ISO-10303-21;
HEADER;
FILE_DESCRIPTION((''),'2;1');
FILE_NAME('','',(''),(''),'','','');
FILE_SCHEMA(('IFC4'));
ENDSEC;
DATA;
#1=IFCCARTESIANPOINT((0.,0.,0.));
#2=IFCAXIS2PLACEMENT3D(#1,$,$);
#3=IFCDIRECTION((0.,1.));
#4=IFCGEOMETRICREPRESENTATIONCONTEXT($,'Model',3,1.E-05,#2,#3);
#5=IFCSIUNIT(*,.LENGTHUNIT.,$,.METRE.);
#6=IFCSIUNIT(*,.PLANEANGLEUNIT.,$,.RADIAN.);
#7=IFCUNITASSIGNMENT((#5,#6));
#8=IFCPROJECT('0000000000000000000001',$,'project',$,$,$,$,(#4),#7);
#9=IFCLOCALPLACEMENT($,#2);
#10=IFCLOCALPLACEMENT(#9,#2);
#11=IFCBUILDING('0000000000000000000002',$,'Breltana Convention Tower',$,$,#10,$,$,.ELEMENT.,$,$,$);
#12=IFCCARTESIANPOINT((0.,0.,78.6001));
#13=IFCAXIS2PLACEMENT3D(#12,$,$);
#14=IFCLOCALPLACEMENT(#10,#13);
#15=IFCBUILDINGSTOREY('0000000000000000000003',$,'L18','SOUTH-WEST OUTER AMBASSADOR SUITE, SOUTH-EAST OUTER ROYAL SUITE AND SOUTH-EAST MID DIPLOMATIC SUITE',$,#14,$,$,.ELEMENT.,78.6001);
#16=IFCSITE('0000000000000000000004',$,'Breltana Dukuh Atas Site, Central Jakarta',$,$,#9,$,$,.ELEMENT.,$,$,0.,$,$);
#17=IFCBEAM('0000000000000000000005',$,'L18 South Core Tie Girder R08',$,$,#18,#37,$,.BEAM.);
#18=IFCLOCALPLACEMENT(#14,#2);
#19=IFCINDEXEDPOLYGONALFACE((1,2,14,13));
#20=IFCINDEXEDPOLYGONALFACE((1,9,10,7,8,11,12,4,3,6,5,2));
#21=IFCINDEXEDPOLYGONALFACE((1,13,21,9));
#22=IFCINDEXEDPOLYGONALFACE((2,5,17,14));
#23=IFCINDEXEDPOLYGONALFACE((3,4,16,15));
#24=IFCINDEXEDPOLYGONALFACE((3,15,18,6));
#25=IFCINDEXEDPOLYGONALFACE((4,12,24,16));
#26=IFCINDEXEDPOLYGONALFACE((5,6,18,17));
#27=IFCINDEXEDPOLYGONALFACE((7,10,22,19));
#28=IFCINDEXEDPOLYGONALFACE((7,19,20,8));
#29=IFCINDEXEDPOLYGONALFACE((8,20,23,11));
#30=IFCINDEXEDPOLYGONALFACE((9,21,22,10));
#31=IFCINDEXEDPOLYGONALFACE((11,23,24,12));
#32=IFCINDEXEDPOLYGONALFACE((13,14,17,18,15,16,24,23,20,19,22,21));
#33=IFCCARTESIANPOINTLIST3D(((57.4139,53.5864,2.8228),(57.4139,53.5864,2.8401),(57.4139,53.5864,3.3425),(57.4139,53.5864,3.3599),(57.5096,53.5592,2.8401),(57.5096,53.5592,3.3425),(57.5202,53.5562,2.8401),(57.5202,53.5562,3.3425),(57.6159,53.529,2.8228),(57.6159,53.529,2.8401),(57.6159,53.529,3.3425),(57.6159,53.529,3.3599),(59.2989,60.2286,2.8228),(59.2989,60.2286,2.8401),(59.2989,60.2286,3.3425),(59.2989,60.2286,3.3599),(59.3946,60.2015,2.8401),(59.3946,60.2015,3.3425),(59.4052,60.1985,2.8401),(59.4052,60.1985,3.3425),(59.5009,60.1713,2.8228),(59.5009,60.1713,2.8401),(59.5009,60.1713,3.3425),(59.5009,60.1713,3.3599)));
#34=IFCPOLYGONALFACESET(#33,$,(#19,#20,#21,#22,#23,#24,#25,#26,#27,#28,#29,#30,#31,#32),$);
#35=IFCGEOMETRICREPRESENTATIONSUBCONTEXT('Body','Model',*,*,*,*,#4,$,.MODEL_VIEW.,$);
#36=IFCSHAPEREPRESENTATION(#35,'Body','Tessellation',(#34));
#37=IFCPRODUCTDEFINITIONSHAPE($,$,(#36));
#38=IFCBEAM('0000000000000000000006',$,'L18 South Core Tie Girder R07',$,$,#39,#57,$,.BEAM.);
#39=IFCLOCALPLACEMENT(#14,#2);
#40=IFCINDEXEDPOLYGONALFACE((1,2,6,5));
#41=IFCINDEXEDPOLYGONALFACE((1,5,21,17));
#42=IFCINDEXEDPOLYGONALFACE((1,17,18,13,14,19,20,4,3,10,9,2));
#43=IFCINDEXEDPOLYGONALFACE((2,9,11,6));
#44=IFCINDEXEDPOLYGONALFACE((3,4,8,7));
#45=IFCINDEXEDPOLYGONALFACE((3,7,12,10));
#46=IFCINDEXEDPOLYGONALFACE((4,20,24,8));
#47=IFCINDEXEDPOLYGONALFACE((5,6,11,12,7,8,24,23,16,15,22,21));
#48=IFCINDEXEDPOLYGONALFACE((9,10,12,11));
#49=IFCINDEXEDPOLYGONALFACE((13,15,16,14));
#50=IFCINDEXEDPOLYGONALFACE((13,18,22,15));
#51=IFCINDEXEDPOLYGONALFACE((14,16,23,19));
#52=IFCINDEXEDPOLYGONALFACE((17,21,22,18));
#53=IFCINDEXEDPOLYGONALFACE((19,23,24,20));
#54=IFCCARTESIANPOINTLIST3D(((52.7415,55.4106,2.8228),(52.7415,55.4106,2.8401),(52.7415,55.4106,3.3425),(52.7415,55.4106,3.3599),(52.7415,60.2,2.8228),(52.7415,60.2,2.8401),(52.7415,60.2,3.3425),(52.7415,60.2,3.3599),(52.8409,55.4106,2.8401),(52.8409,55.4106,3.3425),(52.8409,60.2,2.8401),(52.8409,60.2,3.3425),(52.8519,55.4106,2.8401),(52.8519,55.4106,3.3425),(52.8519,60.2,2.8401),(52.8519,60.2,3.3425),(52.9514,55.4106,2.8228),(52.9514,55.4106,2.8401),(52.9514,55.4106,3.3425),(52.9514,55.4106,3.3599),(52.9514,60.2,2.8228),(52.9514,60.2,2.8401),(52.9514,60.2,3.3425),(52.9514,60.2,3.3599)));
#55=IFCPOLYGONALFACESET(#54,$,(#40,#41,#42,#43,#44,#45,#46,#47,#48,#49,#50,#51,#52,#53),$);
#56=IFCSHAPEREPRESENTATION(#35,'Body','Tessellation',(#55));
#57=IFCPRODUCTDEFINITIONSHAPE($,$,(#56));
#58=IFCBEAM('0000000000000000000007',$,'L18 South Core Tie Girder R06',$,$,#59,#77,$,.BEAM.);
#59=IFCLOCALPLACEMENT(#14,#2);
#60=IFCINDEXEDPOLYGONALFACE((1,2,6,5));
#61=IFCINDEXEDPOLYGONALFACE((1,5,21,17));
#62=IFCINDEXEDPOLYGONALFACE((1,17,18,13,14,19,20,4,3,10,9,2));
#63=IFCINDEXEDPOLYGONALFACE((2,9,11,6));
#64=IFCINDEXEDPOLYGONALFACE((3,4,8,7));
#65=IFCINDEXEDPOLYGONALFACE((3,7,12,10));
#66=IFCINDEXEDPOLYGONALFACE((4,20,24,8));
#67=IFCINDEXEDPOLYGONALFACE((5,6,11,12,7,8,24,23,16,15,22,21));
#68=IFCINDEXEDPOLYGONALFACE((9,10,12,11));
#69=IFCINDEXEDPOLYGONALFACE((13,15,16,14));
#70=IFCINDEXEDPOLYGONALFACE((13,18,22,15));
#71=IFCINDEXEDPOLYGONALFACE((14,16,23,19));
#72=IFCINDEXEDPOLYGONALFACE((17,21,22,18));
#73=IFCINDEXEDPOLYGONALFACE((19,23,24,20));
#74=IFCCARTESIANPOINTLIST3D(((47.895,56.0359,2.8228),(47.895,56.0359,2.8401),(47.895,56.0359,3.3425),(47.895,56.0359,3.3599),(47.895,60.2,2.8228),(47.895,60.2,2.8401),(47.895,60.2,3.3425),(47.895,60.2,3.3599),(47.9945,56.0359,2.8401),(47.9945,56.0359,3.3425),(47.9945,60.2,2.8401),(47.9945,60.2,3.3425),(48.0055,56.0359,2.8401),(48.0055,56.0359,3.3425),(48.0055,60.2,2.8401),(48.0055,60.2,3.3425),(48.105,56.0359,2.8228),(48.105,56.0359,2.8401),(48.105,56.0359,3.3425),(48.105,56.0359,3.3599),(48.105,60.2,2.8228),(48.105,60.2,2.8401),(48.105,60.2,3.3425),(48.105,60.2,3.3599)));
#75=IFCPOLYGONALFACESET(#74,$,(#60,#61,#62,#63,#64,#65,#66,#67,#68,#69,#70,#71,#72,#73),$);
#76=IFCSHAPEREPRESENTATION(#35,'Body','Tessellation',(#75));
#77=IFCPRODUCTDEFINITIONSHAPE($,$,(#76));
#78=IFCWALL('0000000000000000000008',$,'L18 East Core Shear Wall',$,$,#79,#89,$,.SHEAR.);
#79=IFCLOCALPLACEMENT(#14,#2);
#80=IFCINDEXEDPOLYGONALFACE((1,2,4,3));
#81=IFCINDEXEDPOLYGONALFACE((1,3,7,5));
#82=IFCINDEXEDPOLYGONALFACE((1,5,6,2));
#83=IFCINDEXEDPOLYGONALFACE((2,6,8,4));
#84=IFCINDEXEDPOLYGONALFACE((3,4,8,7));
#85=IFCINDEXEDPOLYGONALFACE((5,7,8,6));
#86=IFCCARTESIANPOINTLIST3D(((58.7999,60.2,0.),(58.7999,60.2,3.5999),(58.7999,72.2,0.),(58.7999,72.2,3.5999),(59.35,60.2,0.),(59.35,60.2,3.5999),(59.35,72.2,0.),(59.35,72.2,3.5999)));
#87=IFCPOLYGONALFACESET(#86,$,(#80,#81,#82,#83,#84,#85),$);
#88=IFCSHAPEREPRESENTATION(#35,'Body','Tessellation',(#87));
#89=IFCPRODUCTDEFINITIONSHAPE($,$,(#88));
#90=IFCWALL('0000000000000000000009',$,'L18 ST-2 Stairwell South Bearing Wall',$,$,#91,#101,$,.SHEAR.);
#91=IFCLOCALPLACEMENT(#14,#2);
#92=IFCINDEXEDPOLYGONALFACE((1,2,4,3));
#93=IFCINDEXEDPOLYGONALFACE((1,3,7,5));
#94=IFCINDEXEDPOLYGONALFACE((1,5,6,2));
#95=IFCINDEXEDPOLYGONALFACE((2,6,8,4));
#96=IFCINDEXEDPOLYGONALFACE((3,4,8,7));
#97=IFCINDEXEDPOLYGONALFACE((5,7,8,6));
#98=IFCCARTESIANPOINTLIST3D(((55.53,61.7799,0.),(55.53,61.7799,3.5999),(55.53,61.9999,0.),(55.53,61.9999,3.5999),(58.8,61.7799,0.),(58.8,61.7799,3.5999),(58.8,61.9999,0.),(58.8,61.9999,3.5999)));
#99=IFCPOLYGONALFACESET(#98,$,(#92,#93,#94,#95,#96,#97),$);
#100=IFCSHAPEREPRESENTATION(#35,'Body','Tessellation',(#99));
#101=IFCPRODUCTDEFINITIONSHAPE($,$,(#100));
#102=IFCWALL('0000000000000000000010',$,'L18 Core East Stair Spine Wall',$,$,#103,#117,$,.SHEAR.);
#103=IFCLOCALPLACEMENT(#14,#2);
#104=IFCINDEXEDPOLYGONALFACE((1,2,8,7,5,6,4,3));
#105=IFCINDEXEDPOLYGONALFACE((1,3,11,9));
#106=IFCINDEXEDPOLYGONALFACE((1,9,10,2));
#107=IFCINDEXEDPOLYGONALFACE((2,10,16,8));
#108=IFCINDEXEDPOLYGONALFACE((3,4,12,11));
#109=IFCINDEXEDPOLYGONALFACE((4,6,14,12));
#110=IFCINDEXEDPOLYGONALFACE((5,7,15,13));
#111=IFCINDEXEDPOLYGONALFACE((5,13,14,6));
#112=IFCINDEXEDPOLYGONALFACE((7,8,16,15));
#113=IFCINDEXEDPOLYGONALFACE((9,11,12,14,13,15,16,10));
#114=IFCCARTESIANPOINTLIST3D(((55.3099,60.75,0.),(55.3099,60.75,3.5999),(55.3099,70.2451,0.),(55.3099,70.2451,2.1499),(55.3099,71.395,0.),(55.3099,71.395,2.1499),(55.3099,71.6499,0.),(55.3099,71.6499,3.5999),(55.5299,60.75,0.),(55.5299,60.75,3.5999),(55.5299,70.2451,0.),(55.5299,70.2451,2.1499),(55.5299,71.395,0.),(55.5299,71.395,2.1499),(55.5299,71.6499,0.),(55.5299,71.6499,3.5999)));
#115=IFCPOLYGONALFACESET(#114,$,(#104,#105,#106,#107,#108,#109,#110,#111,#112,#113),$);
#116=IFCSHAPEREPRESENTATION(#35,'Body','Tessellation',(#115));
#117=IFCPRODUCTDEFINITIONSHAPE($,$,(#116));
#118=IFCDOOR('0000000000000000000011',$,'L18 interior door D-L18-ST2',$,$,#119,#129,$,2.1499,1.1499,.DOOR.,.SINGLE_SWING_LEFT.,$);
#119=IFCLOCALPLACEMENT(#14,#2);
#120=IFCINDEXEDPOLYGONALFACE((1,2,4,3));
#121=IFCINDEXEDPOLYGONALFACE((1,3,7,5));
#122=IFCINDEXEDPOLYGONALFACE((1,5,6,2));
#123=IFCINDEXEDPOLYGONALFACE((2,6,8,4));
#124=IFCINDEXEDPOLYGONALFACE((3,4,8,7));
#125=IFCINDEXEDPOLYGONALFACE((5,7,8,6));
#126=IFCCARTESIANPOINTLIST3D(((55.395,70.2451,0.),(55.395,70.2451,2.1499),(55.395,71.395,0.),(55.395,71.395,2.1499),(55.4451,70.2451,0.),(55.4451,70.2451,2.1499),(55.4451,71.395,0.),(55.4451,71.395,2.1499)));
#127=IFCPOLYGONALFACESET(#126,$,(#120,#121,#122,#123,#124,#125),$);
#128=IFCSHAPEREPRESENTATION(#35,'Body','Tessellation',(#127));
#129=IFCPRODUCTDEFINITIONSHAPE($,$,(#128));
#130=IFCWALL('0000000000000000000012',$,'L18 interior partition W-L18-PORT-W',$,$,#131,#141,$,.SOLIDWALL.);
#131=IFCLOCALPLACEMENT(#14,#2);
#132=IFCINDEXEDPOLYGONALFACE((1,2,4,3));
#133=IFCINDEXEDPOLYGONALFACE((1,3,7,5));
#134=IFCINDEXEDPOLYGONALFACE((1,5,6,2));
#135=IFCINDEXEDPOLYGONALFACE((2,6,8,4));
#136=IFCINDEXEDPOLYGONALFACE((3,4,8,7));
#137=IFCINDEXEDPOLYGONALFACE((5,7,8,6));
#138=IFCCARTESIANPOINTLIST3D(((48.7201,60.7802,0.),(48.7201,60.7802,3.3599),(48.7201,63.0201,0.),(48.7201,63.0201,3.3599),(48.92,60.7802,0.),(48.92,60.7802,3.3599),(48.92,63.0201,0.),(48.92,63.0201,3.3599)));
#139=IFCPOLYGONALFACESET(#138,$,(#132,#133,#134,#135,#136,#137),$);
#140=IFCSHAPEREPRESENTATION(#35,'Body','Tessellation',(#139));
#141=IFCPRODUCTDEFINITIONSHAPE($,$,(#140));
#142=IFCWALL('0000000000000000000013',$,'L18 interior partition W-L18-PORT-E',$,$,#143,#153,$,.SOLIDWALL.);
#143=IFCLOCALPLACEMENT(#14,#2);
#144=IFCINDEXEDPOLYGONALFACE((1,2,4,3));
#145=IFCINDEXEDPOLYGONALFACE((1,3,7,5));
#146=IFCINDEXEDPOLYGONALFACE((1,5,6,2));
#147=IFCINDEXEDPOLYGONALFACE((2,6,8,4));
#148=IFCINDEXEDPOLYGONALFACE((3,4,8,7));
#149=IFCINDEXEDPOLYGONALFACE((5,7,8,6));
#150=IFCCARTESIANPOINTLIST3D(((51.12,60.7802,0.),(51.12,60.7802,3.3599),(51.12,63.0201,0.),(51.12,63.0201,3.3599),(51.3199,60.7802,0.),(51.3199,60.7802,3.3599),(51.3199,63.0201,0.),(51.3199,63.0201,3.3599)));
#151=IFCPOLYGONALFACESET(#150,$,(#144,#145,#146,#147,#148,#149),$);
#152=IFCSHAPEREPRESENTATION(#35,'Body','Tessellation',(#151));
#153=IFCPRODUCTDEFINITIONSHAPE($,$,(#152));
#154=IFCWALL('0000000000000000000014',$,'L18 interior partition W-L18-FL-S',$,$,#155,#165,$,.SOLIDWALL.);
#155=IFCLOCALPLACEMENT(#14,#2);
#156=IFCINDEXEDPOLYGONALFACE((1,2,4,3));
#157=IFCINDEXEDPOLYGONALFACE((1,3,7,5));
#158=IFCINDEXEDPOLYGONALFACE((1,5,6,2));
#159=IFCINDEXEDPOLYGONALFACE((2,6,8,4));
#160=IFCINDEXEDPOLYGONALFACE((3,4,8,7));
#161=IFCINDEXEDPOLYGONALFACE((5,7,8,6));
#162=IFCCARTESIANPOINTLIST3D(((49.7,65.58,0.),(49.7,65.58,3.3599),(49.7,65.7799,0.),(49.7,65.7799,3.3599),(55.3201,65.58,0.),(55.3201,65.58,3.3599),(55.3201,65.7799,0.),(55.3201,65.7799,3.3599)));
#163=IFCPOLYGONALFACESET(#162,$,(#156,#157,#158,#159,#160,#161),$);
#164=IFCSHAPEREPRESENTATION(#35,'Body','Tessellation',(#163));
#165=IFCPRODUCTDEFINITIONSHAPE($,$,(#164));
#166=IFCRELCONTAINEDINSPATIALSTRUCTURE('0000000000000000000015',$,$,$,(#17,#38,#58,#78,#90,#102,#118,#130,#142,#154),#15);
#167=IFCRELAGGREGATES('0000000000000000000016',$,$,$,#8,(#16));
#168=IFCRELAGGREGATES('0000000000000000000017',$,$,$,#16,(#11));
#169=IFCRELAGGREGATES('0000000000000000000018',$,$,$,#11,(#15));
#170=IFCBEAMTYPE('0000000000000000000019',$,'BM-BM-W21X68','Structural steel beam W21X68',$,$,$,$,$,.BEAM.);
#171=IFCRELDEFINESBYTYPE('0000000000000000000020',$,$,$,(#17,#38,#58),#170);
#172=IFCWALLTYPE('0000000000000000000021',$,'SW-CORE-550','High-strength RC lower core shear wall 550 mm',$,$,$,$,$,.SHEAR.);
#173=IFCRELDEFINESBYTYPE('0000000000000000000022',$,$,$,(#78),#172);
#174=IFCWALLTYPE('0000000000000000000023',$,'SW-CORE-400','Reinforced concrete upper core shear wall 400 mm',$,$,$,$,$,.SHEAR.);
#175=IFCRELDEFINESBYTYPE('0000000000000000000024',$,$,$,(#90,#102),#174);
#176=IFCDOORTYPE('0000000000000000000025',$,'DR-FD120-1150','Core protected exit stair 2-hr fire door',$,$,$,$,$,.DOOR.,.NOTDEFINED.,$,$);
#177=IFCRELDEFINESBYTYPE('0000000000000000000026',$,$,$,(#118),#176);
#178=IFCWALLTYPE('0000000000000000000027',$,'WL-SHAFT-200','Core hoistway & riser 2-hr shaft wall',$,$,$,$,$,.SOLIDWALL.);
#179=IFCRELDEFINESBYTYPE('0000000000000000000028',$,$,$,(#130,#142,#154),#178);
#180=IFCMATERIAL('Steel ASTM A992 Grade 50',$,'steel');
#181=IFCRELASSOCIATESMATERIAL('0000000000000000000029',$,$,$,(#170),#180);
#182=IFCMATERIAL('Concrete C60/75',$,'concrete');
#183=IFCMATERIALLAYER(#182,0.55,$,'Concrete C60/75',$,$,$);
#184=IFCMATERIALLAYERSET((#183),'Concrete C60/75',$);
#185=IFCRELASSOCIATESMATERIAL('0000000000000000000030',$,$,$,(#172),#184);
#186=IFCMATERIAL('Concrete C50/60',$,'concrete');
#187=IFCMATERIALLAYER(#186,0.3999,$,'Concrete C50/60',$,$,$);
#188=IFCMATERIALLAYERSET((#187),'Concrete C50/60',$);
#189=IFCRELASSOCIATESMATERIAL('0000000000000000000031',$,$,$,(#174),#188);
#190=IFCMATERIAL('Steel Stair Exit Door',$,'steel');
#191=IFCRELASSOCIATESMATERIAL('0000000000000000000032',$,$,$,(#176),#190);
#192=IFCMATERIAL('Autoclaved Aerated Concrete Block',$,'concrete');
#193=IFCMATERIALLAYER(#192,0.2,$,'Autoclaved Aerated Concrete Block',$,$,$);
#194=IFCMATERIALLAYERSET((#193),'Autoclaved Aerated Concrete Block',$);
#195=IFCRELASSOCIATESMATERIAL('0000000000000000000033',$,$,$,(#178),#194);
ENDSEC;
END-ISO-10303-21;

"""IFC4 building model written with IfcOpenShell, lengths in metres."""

from ifc_helpers import new_model, si_unit, direction, frame, frame_2d, origin, origin_2d, place, context, subcontext, project, spatial, rectangle, i_section, extrude, source, transform, mapped, material, layer, layer_set, material_profile, profile_set, type_object, type_shapes, element, fill, save


model = new_model("IFC4")

# Units and contexts
model_context = context("Model", 3, precision=1e-05, world=origin(), true_north=direction((0.0, 1.0)))
body_context = subcontext(model_context, "Body", "Model", "MODEL_VIEW")
ifc_project = project(units=[si_unit("LENGTHUNIT", "METRE"), si_unit("PLANEANGLEUNIT", "RADIAN")], contexts=[model_context])

# Site, building, storey
site_placement = place(None, origin())
site = spatial("IfcSite", under=ifc_project, at=site_placement, Name="Breltana Dukuh Atas Site, Central Jakarta", CompositionType="ELEMENT", RefElevation=0.0)
building_placement = place(site_placement, origin())
building = spatial("IfcBuilding", under=site, at=building_placement, Name="Breltana Convention Tower", CompositionType="ELEMENT")
storey_placement = place(building_placement, frame((0.0, 0.0, 78.6001)))
storey = spatial("IfcBuildingStorey", under=building, at=storey_placement, Name="L18", Description="SOUTH-WEST OUTER AMBASSADOR SUITE, SOUTH-EAST OUTER ROYAL SUITE AND SOUTH-EAST MID DIPLOMATIC SUITE", CompositionType="ELEMENT", Elevation=78.6001)

# Beams
ifc_material_1 = material(Name="Steel ASTM A992 Grade 50", Category="steel")
ifc_material_profile = material_profile(ifc_material_1, i_section(OverallWidth=0.21, OverallDepth=0.5371, WebThickness=0.011, FlangeThickness=0.0173, at=origin_2d()), Name="W21X68")
ifc_profile_set = profile_set([ifc_material_profile], Name="Steel ASTM A992 Grade 50")
beam_type = type_object("IfcBeamType", Name="BM-BM-W21X68", Description="Structural steel beam W21X68", PredefinedType="BEAM", material=ifc_profile_set)
shared_shape_1 = source(origin(), body_context, "Body", "SweptSolid", [
    extrude(i_section(OverallWidth=0.21, OverallDepth=0.5371, WebThickness=0.011, FlangeThickness=0.0173, at=origin_2d()), origin(), (0.0, 0.0, 1.0), 6.9045),
])
type_shapes(beam_type, [shared_shape_1])
beam_1_placement = place(storey_placement, frame((59.3999, 60.2, 3.0913), z_axis=(-0.273007, -0.962012, 0.0), x_axis=(0.962012, -0.273007, 0.0)))
element("IfcBeam", 1, at=beam_1_placement, inside=storey, type_object=beam_type, Name="L18 South Core Tie Girder R08", PredefinedType="BEAM", context=body_context, shape_type="MappedRepresentation", body=[
    mapped(shared_shape_1, transform((0.0, 0.0, 0.0), scale=1.0)),
])
shared_shape_2 = source(origin(), body_context, "Body", "SweptSolid", [
    extrude(i_section(OverallWidth=0.21, OverallDepth=0.5371, WebThickness=0.011, FlangeThickness=0.0173, at=origin_2d()), origin(), (0.0, 0.0, 1.0), 4.7893),
])
beam_2_placement = place(storey_placement, frame((52.8464, 60.2, 3.0913), z_axis=(0.0, -1.0, 0.0), x_axis=(1.0, 0.0, 0.0)))
element("IfcBeam", 2, at=beam_2_placement, inside=storey, type_object=beam_type, Name="L18 South Core Tie Girder R07", PredefinedType="BEAM", context=body_context, shape_type="MappedRepresentation", body=[
    mapped(shared_shape_2, transform((0.0, 0.0, 0.0), scale=1.0)),
])
shared_shape_3 = source(origin(), body_context, "Body", "SweptSolid", [
    extrude(i_section(OverallWidth=0.21, OverallDepth=0.5371, WebThickness=0.011, FlangeThickness=0.0173, at=origin_2d()), origin(), (0.0, 0.0, 1.0), 4.1641),
])
beam_3_placement = place(storey_placement, frame((48.0, 60.2, 3.0913), z_axis=(0.0, -1.0, 0.0), x_axis=(1.0, 0.0, 0.0)))
element("IfcBeam", 3, at=beam_3_placement, inside=storey, type_object=beam_type, Name="L18 South Core Tie Girder R06", PredefinedType="BEAM", context=body_context, shape_type="MappedRepresentation", body=[
    mapped(shared_shape_3, transform((0.0, 0.0, 0.0), scale=1.0)),
])

# Walls
ifc_material_2 = material(Name="Concrete C60/75", Category="concrete")
ifc_layer_1 = layer(ifc_material_2, 0.55, Name="Concrete C60/75")
ifc_layer_set_1 = layer_set([ifc_layer_1], Name="Concrete C60/75")
wall_type_1 = type_object("IfcWallType", Name="SW-CORE-550", Description="High-strength RC lower core shear wall 550 mm", PredefinedType="SHEAR", material=ifc_layer_set_1)
shared_shape_4 = source(origin(), body_context, "Body", "SweptSolid", [
    extrude(rectangle(XDim=12.0, YDim=0.55, at=frame_2d((6.0, 0.0))), origin(), (0.0, 0.0, 1.0), 3.5999),
])
wall_1_placement = place(storey_placement, frame((59.075, 60.2, 0.0), z_axis=(0.0, 0.0, 1.0), x_axis=(0.0, 1.0, 0.0)))
element("IfcWall", 4, at=wall_1_placement, inside=storey, type_object=wall_type_1, Name="L18 East Core Shear Wall", PredefinedType="SHEAR", context=body_context, shape_type="MappedRepresentation", body=[
    mapped(shared_shape_4, transform((0.0, 0.0, 0.0), scale=1.0)),
])
ifc_material_3 = material(Name="Concrete C50/60", Category="concrete")
ifc_layer_2 = layer(ifc_material_3, 0.3999, Name="Concrete C50/60")
ifc_layer_set_2 = layer_set([ifc_layer_2], Name="Concrete C50/60")
wall_type_2 = type_object("IfcWallType", Name="SW-CORE-400", Description="Reinforced concrete upper core shear wall 400 mm", PredefinedType="SHEAR", material=ifc_layer_set_2)
shared_shape_5 = source(origin(), body_context, "Body", "SweptSolid", [
    extrude(rectangle(XDim=3.27, YDim=0.22, at=frame_2d((1.635, 0.0))), origin(), (0.0, 0.0, 1.0), 3.5999),
])
wall_2_placement = place(storey_placement, frame((55.53, 61.8899, 0.0), z_axis=(0.0, 0.0, 1.0), x_axis=(1.0, 0.0, 0.0)))
element("IfcWall", 5, at=wall_2_placement, inside=storey, type_object=wall_type_2, Name="L18 ST-2 Stairwell South Bearing Wall", PredefinedType="SHEAR", context=body_context, shape_type="MappedRepresentation", body=[
    mapped(shared_shape_5, transform((0.0, 0.0, 0.0), scale=1.0)),
])

# Wall, opening, door
shared_shape_6 = source(origin(), body_context, "Body", "SweptSolid", [
    extrude(rectangle(XDim=10.8999, YDim=0.22, at=frame_2d((5.45, 0.0))), origin(), (0.0, 0.0, 1.0), 3.5999),
])
wall_3_placement = place(storey_placement, frame((55.4199, 60.75, 0.0), z_axis=(0.0, 0.0, 1.0), x_axis=(0.0, 1.0, 0.0)))
wall_3 = element("IfcWall", 6, at=wall_3_placement, inside=storey, type_object=wall_type_2, Name="L18 Core East Stair Spine Wall", PredefinedType="SHEAR", context=body_context, shape_type="MappedRepresentation", body=[
    mapped(shared_shape_6, transform((0.0, 0.0, 0.0), scale=1.0)),
])
opening_1_placement = place(wall_3_placement, frame((9.4951, 0.0, 0.0)))
opening_1 = element("IfcOpeningElement", 7, at=opening_1_placement, cuts=wall_3, PredefinedType="OPENING", context=body_context, shape_type="SweptSolid", body=[
    extrude(rectangle(XDim=1.1499, YDim=2.1499, at=frame_2d((0.575, 1.075))), frame((0.0, 0.1201, 0.0), z_axis=(0.0, -1.0, 0.0), x_axis=(1.0, 0.0, 0.0)), (0.0, 0.0, 1.0), 0.24),
])
ifc_material_4 = material(Name="Steel Stair Exit Door", Category="steel")
door_type_1 = type_object("IfcDoorType", Name="DR-FD120-1150", Description="Core protected exit stair 2-hr fire door", OperationType="NOTDEFINED", PredefinedType="DOOR", material=ifc_material_4)
shared_shape_7 = source(origin(), body_context, "Body", "SweptSolid", [
    extrude(rectangle(XDim=1.1499, YDim=2.1499, at=frame_2d((0.575, 1.075))), frame((0.0, 0.0249, 0.0), z_axis=(0.0, -1.0, 0.0), x_axis=(1.0, 0.0, 0.0)), (0.0, 0.0, 1.0), 0.05),
])
type_shapes(door_type_1, [shared_shape_7])
door_1_placement = place(opening_1_placement, origin())
door_1 = element("IfcDoor", 8, at=door_1_placement, inside=storey, type_object=door_type_1, Name="L18 interior door D-L18-ST2", OperationType="SINGLE_SWING_LEFT", OverallHeight=2.1499, OverallWidth=1.1499, PredefinedType="DOOR", context=body_context, shape_type="MappedRepresentation", body=[
    mapped(shared_shape_7, transform((0.0, 0.0, 0.0), scale=1.0)),
])
fill(opening_1, door_1)

# Walls
ifc_material_5 = material(Name="Autoclaved Aerated Concrete Block", Category="concrete")
ifc_layer_3 = layer(ifc_material_5, 0.2, Name="Autoclaved Aerated Concrete Block")
ifc_layer_set_3 = layer_set([ifc_layer_3], Name="Autoclaved Aerated Concrete Block")
wall_type_3 = type_object("IfcWallType", Name="WL-SHAFT-200", Description="Core hoistway & riser 2-hr shaft wall", PredefinedType="SOLIDWALL", material=ifc_layer_set_3)
shared_shape_8 = source(origin(), body_context, "Body", "SweptSolid", [
    extrude(rectangle(XDim=2.24, YDim=0.2, at=frame_2d((1.1201, 0.0))), origin(), (0.0, 0.0, 1.0), 3.3599),
])
for number, where, z_axis, x_axis, name in (
    (9, (48.8201, 60.78, 0.0), (0.0, 0.0, 1.0), (0.0, 1.0, 0.0), "L18 interior partition W-L18-PORT-W"),
    (10, (51.22, 60.78, 0.0), (0.0, 0.0, 1.0), (0.0, 1.0, 0.0), "L18 interior partition W-L18-PORT-E"),
):
    element("IfcWall", number, at=place(storey_placement, frame(where, z_axis=z_axis, x_axis=x_axis)), inside=storey, type_object=wall_type_3, Name=name, PredefinedType="SOLIDWALL", context=body_context, shape_type="MappedRepresentation", body=[
        mapped(shared_shape_8, transform((0.0, 0.0, 0.0), scale=1.0)),
    ])

# Shared definitions
shared_shape_9 = source(origin(), body_context, "Body", "SweptSolid", [
    extrude(rectangle(XDim=5.6201, YDim=0.2, at=frame_2d((2.8101, 0.0))), origin(), (0.0, 0.0, 1.0), 3.3599),
])

# Wall
wall_4_placement = place(storey_placement, frame((49.7, 65.6799, 0.0), z_axis=(0.0, 0.0, 1.0), x_axis=(1.0, 0.0, 0.0)))
element("IfcWall", 11, at=wall_4_placement, inside=storey, type_object=wall_type_3, Name="L18 interior partition W-L18-FL-S", PredefinedType="SOLIDWALL", context=body_context, shape_type="MappedRepresentation", body=[
    mapped(shared_shape_9, transform((0.0, 0.0, 0.0), scale=1.0)),
])

save(model, "model.ifc")
